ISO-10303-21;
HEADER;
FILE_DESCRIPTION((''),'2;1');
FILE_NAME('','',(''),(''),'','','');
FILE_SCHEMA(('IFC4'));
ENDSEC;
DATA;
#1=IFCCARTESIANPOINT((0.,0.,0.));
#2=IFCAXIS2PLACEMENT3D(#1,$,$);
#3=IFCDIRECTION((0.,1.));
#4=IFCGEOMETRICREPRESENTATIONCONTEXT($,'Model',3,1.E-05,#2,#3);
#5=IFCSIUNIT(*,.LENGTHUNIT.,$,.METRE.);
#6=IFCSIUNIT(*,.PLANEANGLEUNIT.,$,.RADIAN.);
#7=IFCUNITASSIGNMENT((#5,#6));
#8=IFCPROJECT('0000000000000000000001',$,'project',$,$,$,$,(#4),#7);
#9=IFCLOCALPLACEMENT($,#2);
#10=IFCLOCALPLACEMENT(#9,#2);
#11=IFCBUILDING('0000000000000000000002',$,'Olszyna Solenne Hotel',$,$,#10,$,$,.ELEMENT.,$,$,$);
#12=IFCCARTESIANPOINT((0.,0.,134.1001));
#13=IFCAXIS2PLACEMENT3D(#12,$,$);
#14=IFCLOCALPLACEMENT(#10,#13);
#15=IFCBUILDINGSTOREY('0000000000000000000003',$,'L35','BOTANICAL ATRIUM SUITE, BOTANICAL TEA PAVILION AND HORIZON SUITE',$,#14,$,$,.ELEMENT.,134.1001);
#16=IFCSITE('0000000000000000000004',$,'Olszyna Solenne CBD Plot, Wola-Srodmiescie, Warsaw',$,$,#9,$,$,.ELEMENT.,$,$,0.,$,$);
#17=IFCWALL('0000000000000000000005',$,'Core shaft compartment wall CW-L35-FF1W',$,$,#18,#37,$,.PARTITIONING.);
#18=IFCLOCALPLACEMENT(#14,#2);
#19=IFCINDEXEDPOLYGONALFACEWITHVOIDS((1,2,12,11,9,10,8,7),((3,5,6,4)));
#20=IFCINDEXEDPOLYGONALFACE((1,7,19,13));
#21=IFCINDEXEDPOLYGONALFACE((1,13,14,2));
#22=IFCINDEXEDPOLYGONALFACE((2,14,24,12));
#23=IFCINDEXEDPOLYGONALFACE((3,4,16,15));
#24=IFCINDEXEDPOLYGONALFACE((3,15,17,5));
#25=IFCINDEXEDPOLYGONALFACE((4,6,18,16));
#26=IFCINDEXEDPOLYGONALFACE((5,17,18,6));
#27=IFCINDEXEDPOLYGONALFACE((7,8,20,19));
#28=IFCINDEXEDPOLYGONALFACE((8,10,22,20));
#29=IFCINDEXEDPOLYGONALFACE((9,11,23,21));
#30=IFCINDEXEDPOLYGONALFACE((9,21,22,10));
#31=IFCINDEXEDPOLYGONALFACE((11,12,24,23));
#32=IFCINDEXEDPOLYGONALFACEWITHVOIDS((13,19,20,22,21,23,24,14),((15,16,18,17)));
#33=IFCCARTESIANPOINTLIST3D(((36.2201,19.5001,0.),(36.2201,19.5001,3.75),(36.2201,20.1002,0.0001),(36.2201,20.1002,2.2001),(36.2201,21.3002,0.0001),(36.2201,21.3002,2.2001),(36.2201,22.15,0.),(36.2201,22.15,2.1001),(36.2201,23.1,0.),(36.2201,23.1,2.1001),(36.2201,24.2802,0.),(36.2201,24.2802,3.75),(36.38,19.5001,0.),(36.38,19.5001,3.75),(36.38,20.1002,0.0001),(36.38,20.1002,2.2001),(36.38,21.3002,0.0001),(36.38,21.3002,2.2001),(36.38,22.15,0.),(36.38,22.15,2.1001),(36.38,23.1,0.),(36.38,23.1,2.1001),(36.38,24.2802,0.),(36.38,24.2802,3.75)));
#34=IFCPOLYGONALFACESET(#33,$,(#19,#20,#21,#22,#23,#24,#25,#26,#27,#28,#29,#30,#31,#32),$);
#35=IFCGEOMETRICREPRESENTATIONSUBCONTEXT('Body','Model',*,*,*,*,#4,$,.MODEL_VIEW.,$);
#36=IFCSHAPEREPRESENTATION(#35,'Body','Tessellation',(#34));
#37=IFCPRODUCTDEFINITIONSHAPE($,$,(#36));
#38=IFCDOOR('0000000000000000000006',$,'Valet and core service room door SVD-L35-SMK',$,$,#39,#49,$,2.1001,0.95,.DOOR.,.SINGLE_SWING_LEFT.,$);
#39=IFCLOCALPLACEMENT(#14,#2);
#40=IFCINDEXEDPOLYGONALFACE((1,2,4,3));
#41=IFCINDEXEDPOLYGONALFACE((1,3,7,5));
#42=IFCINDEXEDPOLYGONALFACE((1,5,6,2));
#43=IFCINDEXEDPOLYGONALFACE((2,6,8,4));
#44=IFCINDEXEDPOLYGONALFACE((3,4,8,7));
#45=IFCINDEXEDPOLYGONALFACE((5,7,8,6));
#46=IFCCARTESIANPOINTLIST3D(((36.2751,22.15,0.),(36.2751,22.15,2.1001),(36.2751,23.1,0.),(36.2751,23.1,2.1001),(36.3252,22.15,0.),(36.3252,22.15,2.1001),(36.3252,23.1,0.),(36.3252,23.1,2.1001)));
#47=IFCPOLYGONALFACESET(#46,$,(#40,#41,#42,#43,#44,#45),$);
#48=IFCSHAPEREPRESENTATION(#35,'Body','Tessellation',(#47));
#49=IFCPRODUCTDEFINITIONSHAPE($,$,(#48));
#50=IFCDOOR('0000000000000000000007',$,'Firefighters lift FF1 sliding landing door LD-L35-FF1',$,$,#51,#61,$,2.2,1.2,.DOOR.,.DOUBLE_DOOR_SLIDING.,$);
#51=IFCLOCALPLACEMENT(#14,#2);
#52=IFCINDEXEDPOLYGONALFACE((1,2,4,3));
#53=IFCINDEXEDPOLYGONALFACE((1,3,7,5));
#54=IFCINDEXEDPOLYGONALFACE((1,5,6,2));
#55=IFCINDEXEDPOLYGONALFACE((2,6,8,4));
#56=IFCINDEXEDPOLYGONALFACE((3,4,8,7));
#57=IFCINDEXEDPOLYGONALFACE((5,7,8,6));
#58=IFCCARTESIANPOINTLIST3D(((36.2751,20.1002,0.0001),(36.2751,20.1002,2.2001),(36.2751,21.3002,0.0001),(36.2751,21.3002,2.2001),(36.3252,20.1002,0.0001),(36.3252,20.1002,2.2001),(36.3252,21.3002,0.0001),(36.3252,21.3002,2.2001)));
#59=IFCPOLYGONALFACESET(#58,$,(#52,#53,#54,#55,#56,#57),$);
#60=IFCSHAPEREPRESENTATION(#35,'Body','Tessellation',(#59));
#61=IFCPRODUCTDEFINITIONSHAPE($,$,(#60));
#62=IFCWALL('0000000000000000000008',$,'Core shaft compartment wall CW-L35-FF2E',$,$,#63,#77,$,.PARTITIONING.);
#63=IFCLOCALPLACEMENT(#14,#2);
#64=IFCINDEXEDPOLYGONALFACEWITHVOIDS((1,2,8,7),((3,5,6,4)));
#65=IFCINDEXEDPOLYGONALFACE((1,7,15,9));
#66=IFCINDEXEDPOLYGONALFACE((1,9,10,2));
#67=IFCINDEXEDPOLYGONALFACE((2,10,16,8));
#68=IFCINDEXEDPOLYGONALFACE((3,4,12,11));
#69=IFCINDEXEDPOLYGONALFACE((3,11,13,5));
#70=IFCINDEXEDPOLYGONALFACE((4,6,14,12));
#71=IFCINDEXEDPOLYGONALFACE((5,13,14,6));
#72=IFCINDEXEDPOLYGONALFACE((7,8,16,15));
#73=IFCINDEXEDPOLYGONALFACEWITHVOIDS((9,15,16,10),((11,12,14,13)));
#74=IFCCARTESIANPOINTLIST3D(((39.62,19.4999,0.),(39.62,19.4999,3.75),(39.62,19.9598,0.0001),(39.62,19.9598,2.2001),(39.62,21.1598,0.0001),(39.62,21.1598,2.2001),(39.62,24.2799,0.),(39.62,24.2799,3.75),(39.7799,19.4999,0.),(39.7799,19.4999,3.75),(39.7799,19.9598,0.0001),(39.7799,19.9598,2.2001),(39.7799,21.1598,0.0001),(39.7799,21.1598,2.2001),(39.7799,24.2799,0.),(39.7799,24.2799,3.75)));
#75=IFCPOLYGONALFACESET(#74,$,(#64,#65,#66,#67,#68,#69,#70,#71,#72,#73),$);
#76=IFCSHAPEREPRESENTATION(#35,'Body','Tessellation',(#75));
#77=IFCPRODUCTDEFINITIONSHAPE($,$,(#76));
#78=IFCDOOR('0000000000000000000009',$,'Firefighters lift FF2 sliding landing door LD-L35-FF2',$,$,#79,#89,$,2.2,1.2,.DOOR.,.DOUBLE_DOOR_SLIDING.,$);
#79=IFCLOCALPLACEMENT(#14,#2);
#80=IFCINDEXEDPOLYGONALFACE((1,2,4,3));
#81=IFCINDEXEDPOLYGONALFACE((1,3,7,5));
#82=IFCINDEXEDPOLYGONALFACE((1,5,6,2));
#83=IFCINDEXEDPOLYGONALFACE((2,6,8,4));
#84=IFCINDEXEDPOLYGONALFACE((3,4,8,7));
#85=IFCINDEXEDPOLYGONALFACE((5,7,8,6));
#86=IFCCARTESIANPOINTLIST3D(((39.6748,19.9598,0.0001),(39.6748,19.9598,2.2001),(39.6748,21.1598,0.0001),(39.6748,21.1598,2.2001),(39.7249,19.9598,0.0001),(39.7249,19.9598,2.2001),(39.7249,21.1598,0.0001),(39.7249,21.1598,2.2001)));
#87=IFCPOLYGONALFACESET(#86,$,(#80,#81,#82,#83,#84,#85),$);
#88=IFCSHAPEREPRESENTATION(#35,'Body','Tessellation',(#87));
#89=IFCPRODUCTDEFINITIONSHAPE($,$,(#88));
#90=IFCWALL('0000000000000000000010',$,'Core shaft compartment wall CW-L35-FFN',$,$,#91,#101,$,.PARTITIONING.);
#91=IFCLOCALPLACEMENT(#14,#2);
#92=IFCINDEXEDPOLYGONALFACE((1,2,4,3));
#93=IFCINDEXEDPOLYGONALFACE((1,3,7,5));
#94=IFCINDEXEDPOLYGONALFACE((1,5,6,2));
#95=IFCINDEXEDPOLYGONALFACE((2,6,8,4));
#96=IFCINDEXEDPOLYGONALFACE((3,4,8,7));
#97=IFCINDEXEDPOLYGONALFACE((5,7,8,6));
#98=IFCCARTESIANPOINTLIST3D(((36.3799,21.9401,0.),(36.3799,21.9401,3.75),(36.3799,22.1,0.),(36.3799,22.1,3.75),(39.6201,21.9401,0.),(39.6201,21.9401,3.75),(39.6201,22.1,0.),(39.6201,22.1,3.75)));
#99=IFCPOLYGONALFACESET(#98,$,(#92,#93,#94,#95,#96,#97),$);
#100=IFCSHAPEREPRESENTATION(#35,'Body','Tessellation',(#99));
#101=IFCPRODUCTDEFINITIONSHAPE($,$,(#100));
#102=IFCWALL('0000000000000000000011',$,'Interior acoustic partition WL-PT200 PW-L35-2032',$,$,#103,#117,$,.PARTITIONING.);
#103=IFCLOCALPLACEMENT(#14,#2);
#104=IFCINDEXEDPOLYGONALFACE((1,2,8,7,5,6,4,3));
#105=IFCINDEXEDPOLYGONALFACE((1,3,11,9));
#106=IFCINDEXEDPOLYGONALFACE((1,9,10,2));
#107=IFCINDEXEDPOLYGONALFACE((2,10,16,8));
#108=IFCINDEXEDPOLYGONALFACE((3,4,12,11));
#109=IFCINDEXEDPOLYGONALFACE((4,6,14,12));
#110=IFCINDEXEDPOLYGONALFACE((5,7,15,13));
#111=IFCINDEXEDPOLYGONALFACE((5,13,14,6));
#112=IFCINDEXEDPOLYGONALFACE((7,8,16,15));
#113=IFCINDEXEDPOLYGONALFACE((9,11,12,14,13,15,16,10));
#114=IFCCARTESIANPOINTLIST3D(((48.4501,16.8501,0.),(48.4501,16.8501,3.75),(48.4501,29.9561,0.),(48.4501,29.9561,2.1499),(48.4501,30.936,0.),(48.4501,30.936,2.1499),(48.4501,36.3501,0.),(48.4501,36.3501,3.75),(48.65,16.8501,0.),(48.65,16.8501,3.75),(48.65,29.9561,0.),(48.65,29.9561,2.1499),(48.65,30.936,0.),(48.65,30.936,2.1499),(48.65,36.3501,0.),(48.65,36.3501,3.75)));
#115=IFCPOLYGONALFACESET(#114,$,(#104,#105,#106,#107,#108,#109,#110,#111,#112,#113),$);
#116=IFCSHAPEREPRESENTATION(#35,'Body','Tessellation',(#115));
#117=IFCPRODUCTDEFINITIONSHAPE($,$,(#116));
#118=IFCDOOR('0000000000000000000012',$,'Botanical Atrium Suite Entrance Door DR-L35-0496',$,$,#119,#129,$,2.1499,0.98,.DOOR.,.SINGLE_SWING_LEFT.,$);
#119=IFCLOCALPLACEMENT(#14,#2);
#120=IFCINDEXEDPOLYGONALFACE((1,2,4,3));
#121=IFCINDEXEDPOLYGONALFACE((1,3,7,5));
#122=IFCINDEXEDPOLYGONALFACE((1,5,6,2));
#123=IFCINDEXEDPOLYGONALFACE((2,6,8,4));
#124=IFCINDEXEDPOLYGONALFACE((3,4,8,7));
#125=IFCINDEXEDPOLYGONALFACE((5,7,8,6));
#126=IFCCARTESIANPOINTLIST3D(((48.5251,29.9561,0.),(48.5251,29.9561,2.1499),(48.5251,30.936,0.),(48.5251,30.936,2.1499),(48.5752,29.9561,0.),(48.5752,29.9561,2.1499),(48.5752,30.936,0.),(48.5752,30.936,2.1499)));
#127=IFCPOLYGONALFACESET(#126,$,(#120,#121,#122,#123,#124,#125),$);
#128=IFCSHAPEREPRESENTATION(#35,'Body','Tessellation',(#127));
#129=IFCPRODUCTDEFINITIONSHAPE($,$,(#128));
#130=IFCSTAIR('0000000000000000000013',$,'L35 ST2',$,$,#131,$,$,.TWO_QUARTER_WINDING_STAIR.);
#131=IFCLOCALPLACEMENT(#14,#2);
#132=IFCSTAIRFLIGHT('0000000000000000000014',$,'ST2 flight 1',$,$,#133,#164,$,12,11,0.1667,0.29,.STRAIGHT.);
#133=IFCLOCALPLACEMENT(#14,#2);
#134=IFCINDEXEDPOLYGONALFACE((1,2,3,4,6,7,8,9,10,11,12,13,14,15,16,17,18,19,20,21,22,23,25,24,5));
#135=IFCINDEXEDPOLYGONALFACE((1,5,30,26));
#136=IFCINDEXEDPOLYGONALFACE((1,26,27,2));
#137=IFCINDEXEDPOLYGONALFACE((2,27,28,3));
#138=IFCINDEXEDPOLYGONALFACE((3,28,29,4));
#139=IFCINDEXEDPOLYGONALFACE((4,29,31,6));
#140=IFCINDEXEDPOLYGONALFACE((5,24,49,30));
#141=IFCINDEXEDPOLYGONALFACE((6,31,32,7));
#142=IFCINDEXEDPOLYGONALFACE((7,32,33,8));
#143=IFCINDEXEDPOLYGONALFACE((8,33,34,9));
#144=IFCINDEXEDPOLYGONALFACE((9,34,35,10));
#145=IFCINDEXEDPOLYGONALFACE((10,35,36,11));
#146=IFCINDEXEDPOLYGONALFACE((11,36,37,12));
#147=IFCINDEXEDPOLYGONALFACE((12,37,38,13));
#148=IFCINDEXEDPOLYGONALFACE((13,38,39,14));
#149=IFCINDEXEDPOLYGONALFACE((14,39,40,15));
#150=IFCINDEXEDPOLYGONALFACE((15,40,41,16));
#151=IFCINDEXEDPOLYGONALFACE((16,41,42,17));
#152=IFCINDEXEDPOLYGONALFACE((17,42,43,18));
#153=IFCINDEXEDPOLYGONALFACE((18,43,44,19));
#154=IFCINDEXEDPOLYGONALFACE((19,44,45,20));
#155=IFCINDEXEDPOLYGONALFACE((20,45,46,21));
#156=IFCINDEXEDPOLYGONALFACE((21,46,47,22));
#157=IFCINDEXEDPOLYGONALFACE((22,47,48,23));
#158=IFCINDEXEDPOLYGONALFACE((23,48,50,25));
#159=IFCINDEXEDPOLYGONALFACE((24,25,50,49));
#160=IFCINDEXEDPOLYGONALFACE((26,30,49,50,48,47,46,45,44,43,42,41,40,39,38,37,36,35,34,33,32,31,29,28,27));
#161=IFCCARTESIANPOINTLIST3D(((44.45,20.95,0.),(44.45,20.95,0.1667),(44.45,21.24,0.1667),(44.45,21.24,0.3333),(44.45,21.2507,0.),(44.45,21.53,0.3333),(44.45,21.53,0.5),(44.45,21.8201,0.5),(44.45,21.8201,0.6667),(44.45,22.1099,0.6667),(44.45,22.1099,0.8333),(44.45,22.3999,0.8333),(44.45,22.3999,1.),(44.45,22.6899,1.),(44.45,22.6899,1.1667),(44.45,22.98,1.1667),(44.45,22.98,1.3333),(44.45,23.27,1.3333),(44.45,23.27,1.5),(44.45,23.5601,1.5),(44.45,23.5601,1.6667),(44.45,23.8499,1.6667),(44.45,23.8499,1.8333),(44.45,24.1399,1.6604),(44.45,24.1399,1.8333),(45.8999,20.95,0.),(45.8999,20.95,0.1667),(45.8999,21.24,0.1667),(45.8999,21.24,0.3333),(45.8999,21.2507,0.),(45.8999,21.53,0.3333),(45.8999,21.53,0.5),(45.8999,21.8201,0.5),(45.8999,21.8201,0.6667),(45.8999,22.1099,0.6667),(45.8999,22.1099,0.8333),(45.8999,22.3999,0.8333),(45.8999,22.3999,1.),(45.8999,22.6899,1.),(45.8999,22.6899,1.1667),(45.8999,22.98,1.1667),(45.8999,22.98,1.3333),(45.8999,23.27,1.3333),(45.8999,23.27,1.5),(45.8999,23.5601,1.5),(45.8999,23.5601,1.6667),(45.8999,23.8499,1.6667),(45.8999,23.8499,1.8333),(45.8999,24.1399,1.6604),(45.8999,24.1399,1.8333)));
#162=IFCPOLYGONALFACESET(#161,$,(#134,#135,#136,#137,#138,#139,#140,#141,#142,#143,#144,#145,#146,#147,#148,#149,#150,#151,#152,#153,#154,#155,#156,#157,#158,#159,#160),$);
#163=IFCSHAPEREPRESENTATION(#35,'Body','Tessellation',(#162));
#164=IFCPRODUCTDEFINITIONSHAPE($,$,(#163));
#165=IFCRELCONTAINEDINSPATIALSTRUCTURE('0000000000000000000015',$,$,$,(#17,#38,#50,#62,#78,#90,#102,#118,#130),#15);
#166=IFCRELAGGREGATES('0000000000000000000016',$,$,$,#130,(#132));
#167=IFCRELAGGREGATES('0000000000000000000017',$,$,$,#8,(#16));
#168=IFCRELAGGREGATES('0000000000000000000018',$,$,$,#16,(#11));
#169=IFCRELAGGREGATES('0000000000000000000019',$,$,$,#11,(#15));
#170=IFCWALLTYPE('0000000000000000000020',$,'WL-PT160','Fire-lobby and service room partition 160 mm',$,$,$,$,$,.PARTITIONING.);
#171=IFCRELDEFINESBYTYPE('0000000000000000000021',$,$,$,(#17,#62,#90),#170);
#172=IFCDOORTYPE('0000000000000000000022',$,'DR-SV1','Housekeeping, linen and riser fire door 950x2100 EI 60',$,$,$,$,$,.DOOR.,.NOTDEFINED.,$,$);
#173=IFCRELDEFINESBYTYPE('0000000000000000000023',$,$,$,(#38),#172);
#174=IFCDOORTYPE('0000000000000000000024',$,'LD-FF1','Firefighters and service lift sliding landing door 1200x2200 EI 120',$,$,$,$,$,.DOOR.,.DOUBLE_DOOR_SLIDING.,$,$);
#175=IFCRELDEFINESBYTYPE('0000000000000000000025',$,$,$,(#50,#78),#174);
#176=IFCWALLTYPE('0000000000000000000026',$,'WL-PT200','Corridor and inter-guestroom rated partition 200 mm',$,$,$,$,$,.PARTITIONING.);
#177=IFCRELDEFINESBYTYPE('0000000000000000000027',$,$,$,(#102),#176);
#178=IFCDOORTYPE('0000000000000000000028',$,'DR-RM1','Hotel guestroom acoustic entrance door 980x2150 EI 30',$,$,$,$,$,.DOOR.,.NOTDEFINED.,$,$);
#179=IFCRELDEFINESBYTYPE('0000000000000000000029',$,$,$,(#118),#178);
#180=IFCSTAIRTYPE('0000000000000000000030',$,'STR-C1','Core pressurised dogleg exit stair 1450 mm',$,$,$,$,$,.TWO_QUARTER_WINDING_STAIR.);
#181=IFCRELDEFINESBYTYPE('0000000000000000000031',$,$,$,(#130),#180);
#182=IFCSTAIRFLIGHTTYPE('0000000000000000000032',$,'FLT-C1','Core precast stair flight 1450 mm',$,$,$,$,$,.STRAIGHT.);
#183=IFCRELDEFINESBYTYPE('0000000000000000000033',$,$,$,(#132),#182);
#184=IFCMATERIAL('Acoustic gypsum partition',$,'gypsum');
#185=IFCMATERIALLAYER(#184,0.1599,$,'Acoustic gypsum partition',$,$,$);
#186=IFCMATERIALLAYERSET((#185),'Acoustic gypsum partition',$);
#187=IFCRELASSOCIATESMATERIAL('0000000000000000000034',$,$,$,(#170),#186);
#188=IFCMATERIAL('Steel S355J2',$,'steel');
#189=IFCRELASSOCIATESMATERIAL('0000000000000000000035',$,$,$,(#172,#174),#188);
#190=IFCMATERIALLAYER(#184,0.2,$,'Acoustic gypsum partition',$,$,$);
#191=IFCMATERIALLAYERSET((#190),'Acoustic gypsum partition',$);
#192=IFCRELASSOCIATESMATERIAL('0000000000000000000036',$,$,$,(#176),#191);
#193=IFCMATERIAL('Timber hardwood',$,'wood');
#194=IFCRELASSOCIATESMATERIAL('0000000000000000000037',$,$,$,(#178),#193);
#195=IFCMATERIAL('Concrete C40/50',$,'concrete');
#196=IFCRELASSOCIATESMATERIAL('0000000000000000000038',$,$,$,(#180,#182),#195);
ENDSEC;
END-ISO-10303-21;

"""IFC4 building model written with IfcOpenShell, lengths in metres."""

from ifc_helpers import new_model, si_unit, direction, frame, frame_2d, origin, place, context, subcontext, project, spatial, polyline, rectangle, outline, extrude, source, transform, mapped, material, layer, layer_set, type_object, type_shapes, element, fill, aggregate, save


model = new_model("IFC4")

# Units and contexts
model_context = context("Model", 3, precision=1e-05, world=origin(), true_north=direction((0.0, 1.0)))
body_context = subcontext(model_context, "Body", "Model", "MODEL_VIEW")
ifc_project = project(units=[si_unit("LENGTHUNIT", "METRE"), si_unit("PLANEANGLEUNIT", "RADIAN")], contexts=[model_context])

# Site, building, storey
site_placement = place(None, origin())
site = spatial("IfcSite", under=ifc_project, at=site_placement, Name="Olszyna Solenne CBD Plot, Wola-Srodmiescie, Warsaw", CompositionType="ELEMENT", RefElevation=0.0)
building_placement = place(site_placement, origin())
building = spatial("IfcBuilding", under=site, at=building_placement, Name="Olszyna Solenne Hotel", CompositionType="ELEMENT")
storey_placement = place(building_placement, frame((0.0, 0.0, 134.1001)))
storey = spatial("IfcBuildingStorey", under=building, at=storey_placement, Name="L35", Description="BOTANICAL ATRIUM SUITE, BOTANICAL TEA PAVILION AND HORIZON SUITE", CompositionType="ELEMENT", Elevation=134.1001)

# Shared definitions
ifc_material_1 = material(Name="Steel S355J2", Category="steel")

# Shared definitions
ifc_material_2 = material(Name="Acoustic gypsum partition", Category="gypsum")

# Shared definitions
ifc_material_3 = material(Name="Timber hardwood", Category="wood")

# Wall, openings, doors
ifc_layer_1 = layer(ifc_material_2, 0.1599, Name="Acoustic gypsum partition")
ifc_layer_set_1 = layer_set([ifc_layer_1], Name="Acoustic gypsum partition")
wall_type_1 = type_object("IfcWallType", Name="WL-PT160", Description="Fire-lobby and service room partition 160 mm", PredefinedType="PARTITIONING", material=ifc_layer_set_1)
wall_1_placement = place(storey_placement, frame((36.3, 19.5, 0.0), z_axis=(0.0, 0.0, 1.0), x_axis=(0.0, 1.0, 0.0)))
wall_1 = element("IfcWall", 1, at=wall_1_placement, inside=storey, type_object=wall_type_1, Name="Core shaft compartment wall CW-L35-FF1W", PredefinedType="PARTITIONING", context=body_context, shape_type="SweptSolid", body=[
    extrude(rectangle(XDim=4.78, YDim=0.1599, at=frame_2d((2.3901, 0.0))), origin(), (0.0, 0.0, 1.0), 3.75),
])
opening_1_placement = place(wall_1_placement, frame((0.6001, 0.0, 0.0)))
opening_1 = element("IfcOpeningElement", 2, at=opening_1_placement, cuts=wall_1, PredefinedType="OPENING", context=body_context, shape_type="SweptSolid", body=[
    extrude(rectangle(XDim=1.2, YDim=2.2, at=frame_2d((0.6001, 1.1001))), frame((0.0, 0.0898, 0.0), z_axis=(0.0, -1.0, 0.0), x_axis=(1.0, 0.0, 0.0)), (0.0, 0.0, 1.0), 0.1799),
])
opening_2_placement = place(wall_1_placement, frame((2.6499, 0.0, 0.0)))
opening_2 = element("IfcOpeningElement", 3, at=opening_2_placement, cuts=wall_1, PredefinedType="OPENING", context=body_context, shape_type="SweptSolid", body=[
    extrude(rectangle(XDim=0.95, YDim=2.1001, at=frame_2d((0.4751, 1.05))), frame((0.0, 0.0898, 0.0), z_axis=(0.0, -1.0, 0.0), x_axis=(1.0, 0.0, 0.0)), (0.0, 0.0, 1.0), 0.1799),
])
door_type_1 = type_object("IfcDoorType", Name="DR-SV1", Description="Housekeeping, linen and riser fire door 950x2100 EI 60", OperationType="NOTDEFINED", PredefinedType="DOOR", material=ifc_material_1)
shared_shape_1 = source(origin(), body_context, "Body", "SweptSolid", [
    extrude(rectangle(XDim=0.95, YDim=2.1001, at=frame_2d((0.4751, 1.05))), frame((0.0, 0.0249, 0.0), z_axis=(0.0, -1.0, 0.0), x_axis=(1.0, 0.0, 0.0)), (0.0, 0.0, 1.0), 0.05),
])
type_shapes(door_type_1, [shared_shape_1])
door_1_placement = place(opening_2_placement, origin())
door_1 = element("IfcDoor", 4, at=door_1_placement, inside=storey, type_object=door_type_1, Name="Valet and core service room door SVD-L35-SMK", OperationType="SINGLE_SWING_LEFT", OverallHeight=2.1001, OverallWidth=0.95, PredefinedType="DOOR", context=body_context, shape_type="MappedRepresentation", body=[
    mapped(shared_shape_1, transform((0.0, 0.0, 0.0), x_axis=(1.0, 0.0, 0.0), y_axis=(0.0, 1.0, 0.0), z_axis=(0.0, 0.0, 1.0), scale=1.0)),
])
fill(opening_2, door_1)
door_type_2 = type_object("IfcDoorType", Name="LD-FF1", Description="Firefighters and service lift sliding landing door 1200x2200 EI 120", OperationType="DOUBLE_DOOR_SLIDING", PredefinedType="DOOR", material=ifc_material_1)
shared_shape_2 = source(origin(), body_context, "Body", "SweptSolid", [
    extrude(rectangle(XDim=1.2, YDim=2.2, at=frame_2d((0.6001, 1.1001))), frame((0.0, 0.0249, 0.0), z_axis=(0.0, -1.0, 0.0), x_axis=(1.0, 0.0, 0.0)), (0.0, 0.0, 1.0), 0.05),
])
type_shapes(door_type_2, [shared_shape_2])
door_2_placement = place(opening_1_placement, origin())
door_2 = element("IfcDoor", 5, at=door_2_placement, inside=storey, type_object=door_type_2, Name="Firefighters lift FF1 sliding landing door LD-L35-FF1", OperationType="DOUBLE_DOOR_SLIDING", OverallHeight=2.2, OverallWidth=1.2, PredefinedType="DOOR", context=body_context, shape_type="MappedRepresentation", body=[
    mapped(shared_shape_2, transform((0.0, 0.0, 0.0), x_axis=(1.0, 0.0, 0.0), y_axis=(0.0, 1.0, 0.0), z_axis=(0.0, 0.0, 1.0), scale=1.0)),
])
fill(opening_1, door_2)

# Wall, opening, door
wall_2_placement = place(storey_placement, frame((39.7, 24.28, 0.0), z_axis=(0.0, 0.0, 1.0), x_axis=(0.0, -1.0, 0.0)))
wall_2 = element("IfcWall", 6, at=wall_2_placement, inside=storey, type_object=wall_type_1, Name="Core shaft compartment wall CW-L35-FF2E", PredefinedType="PARTITIONING", context=body_context, shape_type="SweptSolid", body=[
    extrude(rectangle(XDim=4.78, YDim=0.1599, at=frame_2d((2.3901, 0.0))), origin(), (0.0, 0.0, 1.0), 3.75),
])
opening_3_placement = place(wall_2_placement, frame((3.1201, 0.0, 0.0)))
opening_3 = element("IfcOpeningElement", 7, at=opening_3_placement, cuts=wall_2, PredefinedType="OPENING", context=body_context, shape_type="SweptSolid", body=[
    extrude(rectangle(XDim=1.2, YDim=2.2, at=frame_2d((0.6001, 1.1001))), frame((0.0, 0.0898, 0.0), z_axis=(0.0, -1.0, 0.0), x_axis=(1.0, 0.0, 0.0)), (0.0, 0.0, 1.0), 0.1799),
])
door_3_placement = place(opening_3_placement, origin())
door_3 = element("IfcDoor", 8, at=door_3_placement, inside=storey, type_object=door_type_2, Name="Firefighters lift FF2 sliding landing door LD-L35-FF2", OperationType="DOUBLE_DOOR_SLIDING", OverallHeight=2.2, OverallWidth=1.2, PredefinedType="DOOR", context=body_context, shape_type="MappedRepresentation", body=[
    mapped(shared_shape_2, transform((0.0, 0.0, 0.0), x_axis=(1.0, 0.0, 0.0), y_axis=(0.0, 1.0, 0.0), z_axis=(0.0, 0.0, 1.0), scale=1.0)),
])
fill(opening_3, door_3)

# Wall
wall_3_placement = place(storey_placement, frame((36.3799, 22.02, 0.0), z_axis=(0.0, 0.0, 1.0), x_axis=(1.0, 0.0, 0.0)))
element("IfcWall", 9, at=wall_3_placement, inside=storey, type_object=wall_type_1, Name="Core shaft compartment wall CW-L35-FFN", PredefinedType="PARTITIONING", context=body_context, shape_type="SweptSolid", body=[
    extrude(rectangle(XDim=3.2402, YDim=0.1599, at=frame_2d((1.6201, 0.0))), origin(), (0.0, 0.0, 1.0), 3.75),
])

# Wall, opening, door
ifc_layer_2 = layer(ifc_material_2, 0.2, Name="Acoustic gypsum partition")
ifc_layer_set_2 = layer_set([ifc_layer_2], Name="Acoustic gypsum partition")
wall_type_2 = type_object("IfcWallType", Name="WL-PT200", Description="Corridor and inter-guestroom rated partition 200 mm", PredefinedType="PARTITIONING", material=ifc_layer_set_2)
wall_4_placement = place(storey_placement, frame((48.55, 16.8501, 0.0), z_axis=(0.0, 0.0, 1.0), x_axis=(0.0, 1.0, 0.0)))
wall_4 = element("IfcWall", 10, at=wall_4_placement, inside=storey, type_object=wall_type_2, Name="Interior acoustic partition WL-PT200 PW-L35-2032", PredefinedType="PARTITIONING", context=body_context, shape_type="SweptSolid", body=[
    extrude(rectangle(XDim=19.5, YDim=0.2, at=frame_2d((9.75, 0.0))), origin(), (0.0, 0.0, 1.0), 3.75),
])
opening_4_placement = place(wall_4_placement, frame((13.106, 0.0, 0.0)))
opening_4 = element("IfcOpeningElement", 11, at=opening_4_placement, cuts=wall_4, PredefinedType="OPENING", context=body_context, shape_type="SweptSolid", body=[
    extrude(rectangle(XDim=0.98, YDim=2.1499, at=frame_2d((0.49, 1.075))), frame((0.0, 0.1099, 0.0), z_axis=(0.0, -1.0, 0.0), x_axis=(1.0, 0.0, 0.0)), (0.0, 0.0, 1.0), 0.22),
])
door_type_3 = type_object("IfcDoorType", Name="DR-RM1", Description="Hotel guestroom acoustic entrance door 980x2150 EI 30", OperationType="NOTDEFINED", PredefinedType="DOOR", material=ifc_material_3)
shared_shape_3 = source(origin(), body_context, "Body", "SweptSolid", [
    extrude(rectangle(XDim=0.98, YDim=2.1499, at=frame_2d((0.49, 1.075))), frame((0.0, 0.0249, 0.0), z_axis=(0.0, -1.0, 0.0), x_axis=(1.0, 0.0, 0.0)), (0.0, 0.0, 1.0), 0.05),
])
type_shapes(door_type_3, [shared_shape_3])
door_4_placement = place(opening_4_placement, origin())
door_4 = element("IfcDoor", 12, at=door_4_placement, inside=storey, type_object=door_type_3, Name="Botanical Atrium Suite Entrance Door DR-L35-0496", OperationType="SINGLE_SWING_LEFT", OverallHeight=2.1499, OverallWidth=0.98, PredefinedType="DOOR", context=body_context, shape_type="MappedRepresentation", body=[
    mapped(shared_shape_3, transform((0.0, 0.0, 0.0), x_axis=(1.0, 0.0, 0.0), y_axis=(0.0, 1.0, 0.0), z_axis=(0.0, 0.0, 1.0), scale=1.0)),
])
fill(opening_4, door_4)

# Stair, stair flight
ifc_material_4 = material(Name="Concrete C40/50", Category="concrete")
stair_type = type_object("IfcStairType", Name="STR-C1", Description="Core pressurised dogleg exit stair 1450 mm", PredefinedType="TWO_QUARTER_WINDING_STAIR", material=ifc_material_4)
stair_placement = place(storey_placement, origin())
stair = element("IfcStair", 13, at=stair_placement, inside=storey, type_object=stair_type, Name="L35 ST2", PredefinedType="TWO_QUARTER_WINDING_STAIR")
stair_flight_type = type_object("IfcStairFlightType", Name="FLT-C1", Description="Core precast stair flight 1450 mm", PredefinedType="STRAIGHT", material=ifc_material_4)
stair_flight_1_placement = place(storey_placement, frame((45.175, 20.95, 0.0), z_axis=(0.0, 0.0, 1.0), x_axis=(0.0, 1.0, 0.0)))
stair_flight_1 = element("IfcStairFlight", 14, at=stair_flight_1_placement, type_object=stair_flight_type, Name="ST2 flight 1", NumberOfRisers=12, NumberOfTreads=11, PredefinedType="STRAIGHT", RiserHeight=0.1667, TreadLength=0.29, context=body_context, shape_type="SweptSolid", body=[
    extrude(outline(polyline([(0.0, 0.0), (0.0, 0.1667), (0.29, 0.1667), (0.29, 0.3333), (0.5801, 0.3333), (0.5801, 0.5), (0.8701, 0.5), (0.8701, 0.6667), (1.1599, 0.6667), (1.1599, 0.8333), (1.45, 0.8333), (1.45, 1.0), (1.74, 1.0), (1.74, 1.1667), (2.03, 1.1667), (2.03, 1.3333), (2.3201, 1.3333), (2.3201, 1.5), (2.6101, 1.5), (2.6101, 1.6667), (2.8999, 1.6667), (2.8999, 1.8333), (3.1899, 1.8333), (3.1899, 2.0), (3.1899, 1.6604), (0.3008, 0.0), (0.0, 0.0)])), frame((0.0, 0.7251, 0.0), z_axis=(0.0, -1.0, 0.0), x_axis=(1.0, 0.0, 0.0)), (0.0, 0.0, 1.0), 1.45),
])
aggregate(stair, [stair_flight_1])

save(model, "model.ifc")
